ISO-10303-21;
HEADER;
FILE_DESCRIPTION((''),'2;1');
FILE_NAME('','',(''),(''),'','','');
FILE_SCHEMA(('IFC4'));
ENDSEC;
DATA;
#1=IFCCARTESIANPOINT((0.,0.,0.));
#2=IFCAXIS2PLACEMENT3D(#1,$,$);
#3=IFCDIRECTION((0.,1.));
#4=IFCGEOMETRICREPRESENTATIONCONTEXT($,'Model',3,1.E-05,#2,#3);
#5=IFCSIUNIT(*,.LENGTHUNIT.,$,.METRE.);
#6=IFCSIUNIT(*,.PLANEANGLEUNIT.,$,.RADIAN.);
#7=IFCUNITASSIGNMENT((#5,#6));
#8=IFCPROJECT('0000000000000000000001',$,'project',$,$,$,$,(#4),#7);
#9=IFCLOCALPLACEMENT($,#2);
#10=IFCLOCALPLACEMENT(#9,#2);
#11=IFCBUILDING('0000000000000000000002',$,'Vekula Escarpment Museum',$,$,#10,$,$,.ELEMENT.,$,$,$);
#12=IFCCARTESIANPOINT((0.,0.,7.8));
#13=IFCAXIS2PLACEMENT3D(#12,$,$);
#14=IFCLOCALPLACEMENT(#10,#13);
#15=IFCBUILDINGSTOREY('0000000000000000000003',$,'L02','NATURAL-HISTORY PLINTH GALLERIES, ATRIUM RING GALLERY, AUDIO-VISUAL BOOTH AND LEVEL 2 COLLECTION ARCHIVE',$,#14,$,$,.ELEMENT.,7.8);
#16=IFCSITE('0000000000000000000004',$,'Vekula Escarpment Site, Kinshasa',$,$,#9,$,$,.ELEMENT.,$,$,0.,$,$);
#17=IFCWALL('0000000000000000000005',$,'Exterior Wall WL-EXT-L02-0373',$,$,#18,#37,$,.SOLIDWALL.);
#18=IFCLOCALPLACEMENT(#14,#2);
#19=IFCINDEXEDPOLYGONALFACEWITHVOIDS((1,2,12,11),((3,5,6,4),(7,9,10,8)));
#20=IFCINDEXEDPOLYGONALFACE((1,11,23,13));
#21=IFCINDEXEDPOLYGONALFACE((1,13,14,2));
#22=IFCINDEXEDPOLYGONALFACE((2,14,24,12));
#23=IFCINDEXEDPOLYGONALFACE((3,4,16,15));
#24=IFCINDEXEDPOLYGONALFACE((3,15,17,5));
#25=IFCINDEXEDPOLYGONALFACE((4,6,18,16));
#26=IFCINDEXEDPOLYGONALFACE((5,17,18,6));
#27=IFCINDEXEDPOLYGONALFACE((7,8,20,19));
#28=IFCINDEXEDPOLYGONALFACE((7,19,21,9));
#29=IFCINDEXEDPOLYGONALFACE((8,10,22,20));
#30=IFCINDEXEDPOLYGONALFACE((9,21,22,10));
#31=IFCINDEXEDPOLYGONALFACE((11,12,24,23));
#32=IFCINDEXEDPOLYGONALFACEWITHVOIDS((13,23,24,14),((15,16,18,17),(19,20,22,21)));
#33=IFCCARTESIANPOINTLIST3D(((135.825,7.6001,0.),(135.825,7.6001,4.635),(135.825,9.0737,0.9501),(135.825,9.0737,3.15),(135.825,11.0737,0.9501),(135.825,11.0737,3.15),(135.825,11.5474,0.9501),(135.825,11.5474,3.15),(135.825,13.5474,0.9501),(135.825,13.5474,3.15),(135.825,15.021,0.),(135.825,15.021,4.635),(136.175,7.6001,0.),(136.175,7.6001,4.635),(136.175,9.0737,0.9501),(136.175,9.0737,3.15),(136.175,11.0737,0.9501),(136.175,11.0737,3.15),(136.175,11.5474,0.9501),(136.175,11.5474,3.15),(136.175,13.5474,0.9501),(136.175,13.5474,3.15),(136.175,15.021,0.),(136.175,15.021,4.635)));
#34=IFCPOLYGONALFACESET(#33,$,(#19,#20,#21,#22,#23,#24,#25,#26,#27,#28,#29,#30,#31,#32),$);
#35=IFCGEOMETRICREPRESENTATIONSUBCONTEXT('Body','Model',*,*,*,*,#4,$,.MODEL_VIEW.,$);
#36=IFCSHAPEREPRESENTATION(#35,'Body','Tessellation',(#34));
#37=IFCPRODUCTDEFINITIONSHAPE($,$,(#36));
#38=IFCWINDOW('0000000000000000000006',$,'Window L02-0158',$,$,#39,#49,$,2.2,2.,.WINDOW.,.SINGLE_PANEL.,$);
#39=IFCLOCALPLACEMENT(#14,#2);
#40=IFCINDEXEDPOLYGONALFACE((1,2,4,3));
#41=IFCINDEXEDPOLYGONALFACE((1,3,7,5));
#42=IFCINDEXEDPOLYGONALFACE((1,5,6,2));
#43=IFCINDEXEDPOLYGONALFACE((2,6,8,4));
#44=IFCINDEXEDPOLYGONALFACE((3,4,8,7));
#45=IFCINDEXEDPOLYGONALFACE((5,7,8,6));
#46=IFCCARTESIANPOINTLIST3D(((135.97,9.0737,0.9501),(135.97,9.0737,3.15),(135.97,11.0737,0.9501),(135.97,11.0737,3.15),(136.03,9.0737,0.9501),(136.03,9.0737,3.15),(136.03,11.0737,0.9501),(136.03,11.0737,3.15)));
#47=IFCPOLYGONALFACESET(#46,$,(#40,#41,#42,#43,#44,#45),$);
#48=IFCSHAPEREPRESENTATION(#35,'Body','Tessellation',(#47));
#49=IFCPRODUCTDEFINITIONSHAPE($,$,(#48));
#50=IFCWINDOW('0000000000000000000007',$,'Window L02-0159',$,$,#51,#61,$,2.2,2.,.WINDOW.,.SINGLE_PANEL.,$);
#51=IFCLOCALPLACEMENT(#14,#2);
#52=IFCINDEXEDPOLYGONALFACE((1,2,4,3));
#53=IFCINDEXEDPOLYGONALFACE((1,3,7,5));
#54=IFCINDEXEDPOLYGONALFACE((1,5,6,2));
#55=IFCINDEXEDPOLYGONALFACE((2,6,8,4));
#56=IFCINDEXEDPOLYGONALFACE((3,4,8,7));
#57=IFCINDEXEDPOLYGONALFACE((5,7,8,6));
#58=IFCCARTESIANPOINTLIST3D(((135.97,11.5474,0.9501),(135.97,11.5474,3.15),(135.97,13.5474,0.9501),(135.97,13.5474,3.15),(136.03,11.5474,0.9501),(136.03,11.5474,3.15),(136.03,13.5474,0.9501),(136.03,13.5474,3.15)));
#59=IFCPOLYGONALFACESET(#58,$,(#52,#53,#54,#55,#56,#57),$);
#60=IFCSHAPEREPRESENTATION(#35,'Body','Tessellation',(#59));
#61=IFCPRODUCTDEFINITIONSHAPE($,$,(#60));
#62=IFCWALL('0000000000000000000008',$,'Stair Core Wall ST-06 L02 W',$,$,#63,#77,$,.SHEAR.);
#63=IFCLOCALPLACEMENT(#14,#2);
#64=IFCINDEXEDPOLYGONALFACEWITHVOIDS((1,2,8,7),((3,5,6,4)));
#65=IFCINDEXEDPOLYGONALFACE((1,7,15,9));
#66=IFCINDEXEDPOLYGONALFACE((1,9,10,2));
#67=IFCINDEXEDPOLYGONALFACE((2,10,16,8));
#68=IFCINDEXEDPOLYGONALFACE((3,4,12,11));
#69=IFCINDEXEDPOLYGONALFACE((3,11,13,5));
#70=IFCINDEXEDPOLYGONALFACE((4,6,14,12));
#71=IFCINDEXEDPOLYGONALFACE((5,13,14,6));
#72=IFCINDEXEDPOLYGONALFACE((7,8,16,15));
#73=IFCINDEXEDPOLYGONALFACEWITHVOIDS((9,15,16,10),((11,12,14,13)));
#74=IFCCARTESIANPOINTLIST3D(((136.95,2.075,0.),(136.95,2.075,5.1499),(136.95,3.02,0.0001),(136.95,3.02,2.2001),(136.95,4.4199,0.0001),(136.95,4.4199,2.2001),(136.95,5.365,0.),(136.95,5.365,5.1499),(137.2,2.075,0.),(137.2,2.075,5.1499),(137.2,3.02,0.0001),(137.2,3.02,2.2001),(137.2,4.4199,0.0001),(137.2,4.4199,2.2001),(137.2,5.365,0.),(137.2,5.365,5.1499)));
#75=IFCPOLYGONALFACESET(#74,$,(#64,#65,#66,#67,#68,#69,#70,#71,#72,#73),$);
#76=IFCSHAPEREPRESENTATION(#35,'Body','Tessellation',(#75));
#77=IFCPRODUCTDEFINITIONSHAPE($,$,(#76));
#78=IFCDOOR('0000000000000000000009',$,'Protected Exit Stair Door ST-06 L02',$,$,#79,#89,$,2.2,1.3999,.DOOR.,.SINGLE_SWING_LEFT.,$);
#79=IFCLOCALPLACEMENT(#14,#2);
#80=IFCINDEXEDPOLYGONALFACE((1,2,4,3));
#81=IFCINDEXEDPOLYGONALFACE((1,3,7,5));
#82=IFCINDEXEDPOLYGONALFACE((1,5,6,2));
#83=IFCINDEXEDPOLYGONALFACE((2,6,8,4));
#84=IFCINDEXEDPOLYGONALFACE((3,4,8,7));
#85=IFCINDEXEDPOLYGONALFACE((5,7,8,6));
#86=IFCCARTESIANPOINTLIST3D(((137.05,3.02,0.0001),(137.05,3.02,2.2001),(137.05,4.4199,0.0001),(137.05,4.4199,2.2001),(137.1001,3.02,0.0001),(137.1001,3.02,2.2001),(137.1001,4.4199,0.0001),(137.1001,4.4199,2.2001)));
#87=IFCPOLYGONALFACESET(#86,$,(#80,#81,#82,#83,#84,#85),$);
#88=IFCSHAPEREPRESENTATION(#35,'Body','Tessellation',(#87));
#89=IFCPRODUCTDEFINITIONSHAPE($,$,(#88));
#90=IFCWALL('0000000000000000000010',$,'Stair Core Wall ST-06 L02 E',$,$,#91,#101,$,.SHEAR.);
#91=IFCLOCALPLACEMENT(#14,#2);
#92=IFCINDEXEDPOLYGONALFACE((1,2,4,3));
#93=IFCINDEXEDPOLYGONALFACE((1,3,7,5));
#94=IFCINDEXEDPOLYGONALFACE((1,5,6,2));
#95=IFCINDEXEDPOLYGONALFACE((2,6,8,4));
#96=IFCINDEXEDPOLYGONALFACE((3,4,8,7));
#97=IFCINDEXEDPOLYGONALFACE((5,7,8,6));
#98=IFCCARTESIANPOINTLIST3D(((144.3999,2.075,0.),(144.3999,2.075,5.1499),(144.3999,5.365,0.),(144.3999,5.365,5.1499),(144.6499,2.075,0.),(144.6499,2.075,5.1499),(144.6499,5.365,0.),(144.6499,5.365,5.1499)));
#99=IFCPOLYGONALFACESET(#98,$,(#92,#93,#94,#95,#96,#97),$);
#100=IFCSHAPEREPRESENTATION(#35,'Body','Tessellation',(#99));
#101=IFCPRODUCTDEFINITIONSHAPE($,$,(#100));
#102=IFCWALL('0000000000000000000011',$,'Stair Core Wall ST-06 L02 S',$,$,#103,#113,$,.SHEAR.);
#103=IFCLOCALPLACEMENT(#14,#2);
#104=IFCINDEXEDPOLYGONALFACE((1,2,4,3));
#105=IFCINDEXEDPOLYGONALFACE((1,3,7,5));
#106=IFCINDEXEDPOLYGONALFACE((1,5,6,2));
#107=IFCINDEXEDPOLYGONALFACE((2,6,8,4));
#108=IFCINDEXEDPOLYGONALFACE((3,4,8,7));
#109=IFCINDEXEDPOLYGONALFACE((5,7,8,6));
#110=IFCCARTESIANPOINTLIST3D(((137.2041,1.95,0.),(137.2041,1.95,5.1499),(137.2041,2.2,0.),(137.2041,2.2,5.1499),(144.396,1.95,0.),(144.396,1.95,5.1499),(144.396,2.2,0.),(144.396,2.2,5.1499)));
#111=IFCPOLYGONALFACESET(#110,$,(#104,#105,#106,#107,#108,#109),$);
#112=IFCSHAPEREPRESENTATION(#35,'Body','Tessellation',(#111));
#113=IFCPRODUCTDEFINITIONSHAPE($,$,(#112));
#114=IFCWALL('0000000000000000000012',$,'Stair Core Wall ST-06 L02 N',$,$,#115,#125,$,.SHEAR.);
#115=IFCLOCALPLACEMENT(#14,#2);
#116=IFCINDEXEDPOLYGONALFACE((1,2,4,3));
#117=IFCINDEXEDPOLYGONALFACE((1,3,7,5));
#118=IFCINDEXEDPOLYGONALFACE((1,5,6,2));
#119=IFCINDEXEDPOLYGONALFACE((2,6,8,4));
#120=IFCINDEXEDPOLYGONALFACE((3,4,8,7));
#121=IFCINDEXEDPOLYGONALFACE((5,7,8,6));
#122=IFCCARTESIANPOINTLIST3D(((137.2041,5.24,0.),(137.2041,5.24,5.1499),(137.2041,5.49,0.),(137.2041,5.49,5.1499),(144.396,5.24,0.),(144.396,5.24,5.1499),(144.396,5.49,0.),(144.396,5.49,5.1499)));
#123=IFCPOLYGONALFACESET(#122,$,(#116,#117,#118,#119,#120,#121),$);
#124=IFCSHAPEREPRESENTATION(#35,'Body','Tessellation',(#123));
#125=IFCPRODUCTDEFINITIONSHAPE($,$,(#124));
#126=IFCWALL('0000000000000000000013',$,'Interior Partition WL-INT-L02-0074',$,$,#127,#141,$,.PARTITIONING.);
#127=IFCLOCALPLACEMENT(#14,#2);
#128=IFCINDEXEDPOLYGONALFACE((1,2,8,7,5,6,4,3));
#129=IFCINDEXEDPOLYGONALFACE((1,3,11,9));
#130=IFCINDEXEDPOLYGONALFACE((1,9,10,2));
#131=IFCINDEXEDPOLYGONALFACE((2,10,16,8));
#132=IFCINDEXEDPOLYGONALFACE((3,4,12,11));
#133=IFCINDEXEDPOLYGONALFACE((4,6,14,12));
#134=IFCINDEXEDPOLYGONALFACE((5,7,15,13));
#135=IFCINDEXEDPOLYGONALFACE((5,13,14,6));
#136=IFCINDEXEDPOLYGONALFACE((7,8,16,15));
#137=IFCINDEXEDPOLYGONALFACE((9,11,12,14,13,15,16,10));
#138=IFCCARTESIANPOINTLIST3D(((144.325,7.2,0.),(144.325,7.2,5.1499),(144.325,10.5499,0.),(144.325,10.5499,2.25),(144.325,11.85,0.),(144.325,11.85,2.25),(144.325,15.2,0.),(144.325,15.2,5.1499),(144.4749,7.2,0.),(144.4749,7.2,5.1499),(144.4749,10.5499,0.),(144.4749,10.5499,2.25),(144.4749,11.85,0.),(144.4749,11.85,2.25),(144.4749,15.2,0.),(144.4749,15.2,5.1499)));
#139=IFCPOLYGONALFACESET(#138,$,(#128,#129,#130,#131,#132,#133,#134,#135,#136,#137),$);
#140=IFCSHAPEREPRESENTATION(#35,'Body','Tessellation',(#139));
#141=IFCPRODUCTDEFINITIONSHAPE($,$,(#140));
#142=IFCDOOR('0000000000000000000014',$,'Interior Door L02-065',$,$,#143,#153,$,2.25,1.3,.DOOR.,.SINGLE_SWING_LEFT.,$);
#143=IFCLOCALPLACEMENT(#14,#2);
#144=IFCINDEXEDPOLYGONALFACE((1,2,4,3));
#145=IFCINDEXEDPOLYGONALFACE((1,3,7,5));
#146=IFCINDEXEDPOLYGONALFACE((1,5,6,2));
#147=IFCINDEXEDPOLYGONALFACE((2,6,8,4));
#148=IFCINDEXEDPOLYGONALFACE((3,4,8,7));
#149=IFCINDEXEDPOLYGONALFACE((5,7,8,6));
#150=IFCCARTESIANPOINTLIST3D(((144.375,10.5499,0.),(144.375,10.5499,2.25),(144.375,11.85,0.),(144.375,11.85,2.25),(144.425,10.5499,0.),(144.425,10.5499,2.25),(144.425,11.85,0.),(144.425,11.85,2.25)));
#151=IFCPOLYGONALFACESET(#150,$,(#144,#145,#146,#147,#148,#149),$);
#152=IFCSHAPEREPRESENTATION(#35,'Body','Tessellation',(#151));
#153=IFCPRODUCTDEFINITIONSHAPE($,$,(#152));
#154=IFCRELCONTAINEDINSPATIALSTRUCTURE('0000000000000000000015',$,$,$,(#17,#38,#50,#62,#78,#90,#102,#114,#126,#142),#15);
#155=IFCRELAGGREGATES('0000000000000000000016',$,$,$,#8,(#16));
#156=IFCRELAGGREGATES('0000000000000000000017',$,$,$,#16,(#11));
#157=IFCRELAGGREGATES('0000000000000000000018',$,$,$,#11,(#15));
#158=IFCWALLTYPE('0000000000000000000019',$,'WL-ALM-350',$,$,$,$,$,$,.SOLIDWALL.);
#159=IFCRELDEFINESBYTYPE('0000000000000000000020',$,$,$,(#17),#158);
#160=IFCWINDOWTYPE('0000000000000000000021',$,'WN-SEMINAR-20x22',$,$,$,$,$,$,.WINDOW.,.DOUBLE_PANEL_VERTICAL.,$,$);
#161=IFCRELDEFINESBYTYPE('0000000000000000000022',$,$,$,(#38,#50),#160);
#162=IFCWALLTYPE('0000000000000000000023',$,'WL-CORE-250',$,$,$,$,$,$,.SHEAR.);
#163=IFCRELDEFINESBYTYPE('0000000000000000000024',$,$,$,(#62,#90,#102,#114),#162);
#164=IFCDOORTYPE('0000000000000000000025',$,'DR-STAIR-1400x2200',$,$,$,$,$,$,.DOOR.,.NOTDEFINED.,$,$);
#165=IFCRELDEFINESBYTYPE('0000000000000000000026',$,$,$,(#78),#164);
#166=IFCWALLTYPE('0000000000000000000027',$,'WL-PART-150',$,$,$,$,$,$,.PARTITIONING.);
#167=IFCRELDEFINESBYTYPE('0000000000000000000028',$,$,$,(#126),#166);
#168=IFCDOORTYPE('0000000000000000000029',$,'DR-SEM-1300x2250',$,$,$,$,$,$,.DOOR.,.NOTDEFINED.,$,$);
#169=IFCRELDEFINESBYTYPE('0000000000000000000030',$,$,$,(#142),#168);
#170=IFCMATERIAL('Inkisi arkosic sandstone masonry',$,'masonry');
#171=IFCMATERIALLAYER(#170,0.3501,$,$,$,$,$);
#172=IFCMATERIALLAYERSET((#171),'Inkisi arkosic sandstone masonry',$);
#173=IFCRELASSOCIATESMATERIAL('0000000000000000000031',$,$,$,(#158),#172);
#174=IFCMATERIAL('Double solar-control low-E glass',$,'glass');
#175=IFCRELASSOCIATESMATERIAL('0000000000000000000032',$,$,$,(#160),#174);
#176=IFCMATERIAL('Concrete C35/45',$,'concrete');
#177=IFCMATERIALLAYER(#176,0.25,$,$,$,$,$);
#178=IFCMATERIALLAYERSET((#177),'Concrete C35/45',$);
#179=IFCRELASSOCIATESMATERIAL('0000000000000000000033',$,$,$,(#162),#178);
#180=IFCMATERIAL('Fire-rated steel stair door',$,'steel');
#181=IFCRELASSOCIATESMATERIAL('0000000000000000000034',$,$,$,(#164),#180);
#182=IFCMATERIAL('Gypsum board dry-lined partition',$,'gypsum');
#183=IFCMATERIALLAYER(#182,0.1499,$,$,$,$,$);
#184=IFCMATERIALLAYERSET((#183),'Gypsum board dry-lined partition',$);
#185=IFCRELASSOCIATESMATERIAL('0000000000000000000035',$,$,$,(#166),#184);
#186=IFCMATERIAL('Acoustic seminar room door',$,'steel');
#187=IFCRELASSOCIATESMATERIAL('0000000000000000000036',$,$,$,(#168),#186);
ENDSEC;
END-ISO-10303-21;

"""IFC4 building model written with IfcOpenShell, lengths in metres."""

from ifc_helpers import new_model, si_unit, direction, frame, frame_2d, origin, place, context, subcontext, project, spatial, rectangle, extrude, material, layer, layer_set, type_object, element, fill, save


model = new_model("IFC4")

# Units and contexts
model_context = context("Model", 3, precision=1e-05, world=origin(), true_north=direction((0.0, 1.0)))
body_context = subcontext(model_context, "Body", "Model", "MODEL_VIEW")
ifc_project = project(units=[si_unit("LENGTHUNIT", "METRE"), si_unit("PLANEANGLEUNIT", "RADIAN")], contexts=[model_context])

# Site, building, storey
site_placement = place(None, origin())
site = spatial("IfcSite", under=ifc_project, at=site_placement, Name="Vekula Escarpment Site, Kinshasa", CompositionType="ELEMENT", RefElevation=0.0)
building_placement = place(site_placement, origin())
building = spatial("IfcBuilding", under=site, at=building_placement, Name="Vekula Escarpment Museum", CompositionType="ELEMENT")
storey_placement = place(building_placement, frame((0.0, 0.0, 7.8)))
storey = spatial("IfcBuildingStorey", under=building, at=storey_placement, Name="L02", Description="NATURAL-HISTORY PLINTH GALLERIES, ATRIUM RING GALLERY, AUDIO-VISUAL BOOTH AND LEVEL 2 COLLECTION ARCHIVE", CompositionType="ELEMENT", Elevation=7.8)

# Shared definitions
ifc_material_1 = material(Name="Inkisi arkosic sandstone masonry", Category="masonry")
ifc_layer_1 = layer(ifc_material_1, 0.3501)
ifc_layer_set_1 = layer_set([ifc_layer_1], Name="Inkisi arkosic sandstone masonry")
wall_type_1 = type_object("IfcWallType", Name="WL-ALM-350", PredefinedType="SOLIDWALL", material=ifc_layer_set_1)

# Wall, openings, windows
wall_1_placement = place(storey_placement, frame((136.0, 7.6001, 0.0), z_axis=(0.0, 0.0, 1.0), x_axis=(0.0, 1.0, 0.0)))
wall_1 = element("IfcWall", 1, at=wall_1_placement, inside=storey, type_object=wall_type_1, Name="Exterior Wall WL-EXT-L02-0373", PredefinedType="SOLIDWALL", context=body_context, shape_type="SweptSolid", body=[
    extrude(rectangle(XDim=7.4209, YDim=0.3501, at=frame_2d((3.7104, 0.0))), origin(), (0.0, 0.0, 1.0), 4.635),
])
opening_1_placement = place(wall_1_placement, frame((1.4736, 0.0, 0.95)))
opening_1 = element("IfcOpeningElement", 2, at=opening_1_placement, cuts=wall_1, PredefinedType="OPENING", context=body_context, shape_type="SweptSolid", body=[
    extrude(rectangle(XDim=2.0, YDim=2.2, at=frame_2d((1.0, 1.1001))), frame((0.0, 0.1851, 0.0), z_axis=(0.0, -1.0, 0.0), x_axis=(1.0, 0.0, 0.0)), (0.0, 0.0, 1.0), 0.3701),
])
opening_2_placement = place(wall_1_placement, frame((3.9473, 0.0, 0.95)))
opening_2 = element("IfcOpeningElement", 3, at=opening_2_placement, cuts=wall_1, PredefinedType="OPENING", context=body_context, shape_type="SweptSolid", body=[
    extrude(rectangle(XDim=2.0, YDim=2.2, at=frame_2d((1.0, 1.1001))), frame((0.0, 0.1851, 0.0), z_axis=(0.0, -1.0, 0.0), x_axis=(1.0, 0.0, 0.0)), (0.0, 0.0, 1.0), 0.3701),
])
ifc_material_2 = material(Name="Double solar-control low-E glass", Category="glass")
window_type = type_object("IfcWindowType", Name="WN-SEMINAR-20x22", PartitioningType="DOUBLE_PANEL_VERTICAL", PredefinedType="WINDOW", material=ifc_material_2)
window_1_placement = place(opening_1_placement, origin())
window_1 = element("IfcWindow", 4, at=window_1_placement, inside=storey, type_object=window_type, Name="Window L02-0158", OverallHeight=2.2, OverallWidth=2.0, PartitioningType="SINGLE_PANEL", PredefinedType="WINDOW", context=body_context, shape_type="SweptSolid", body=[
    extrude(rectangle(XDim=2.0, YDim=2.2, at=frame_2d((1.0, 1.1001))), frame((0.0, 0.03, 0.0), z_axis=(0.0, -1.0, 0.0), x_axis=(1.0, 0.0, 0.0)), (0.0, 0.0, 1.0), 0.0601),
])
fill(opening_1, window_1)
window_2_placement = place(opening_2_placement, origin())
window_2 = element("IfcWindow", 5, at=window_2_placement, inside=storey, type_object=window_type, Name="Window L02-0159", OverallHeight=2.2, OverallWidth=2.0, PartitioningType="SINGLE_PANEL", PredefinedType="WINDOW", context=body_context, shape_type="SweptSolid", body=[
    extrude(rectangle(XDim=2.0, YDim=2.2, at=frame_2d((1.0, 1.1001))), frame((0.0, 0.03, 0.0), z_axis=(0.0, -1.0, 0.0), x_axis=(1.0, 0.0, 0.0)), (0.0, 0.0, 1.0), 0.0601),
])
fill(opening_2, window_2)

# Wall, opening, door
ifc_material_3 = material(Name="Concrete C35/45", Category="concrete")
ifc_layer_2 = layer(ifc_material_3, 0.25)
ifc_layer_set_2 = layer_set([ifc_layer_2], Name="Concrete C35/45")
wall_type_2 = type_object("IfcWallType", Name="WL-CORE-250", PredefinedType="SHEAR", material=ifc_layer_set_2)
wall_2_placement = place(storey_placement, frame((137.075, 2.075, 0.0), z_axis=(0.0, 0.0, 1.0), x_axis=(0.0, 1.0, 0.0)))
wall_2 = element("IfcWall", 6, at=wall_2_placement, inside=storey, type_object=wall_type_2, Name="Stair Core Wall ST-06 L02 W", PredefinedType="SHEAR", context=body_context, shape_type="SweptSolid", body=[
    extrude(rectangle(XDim=3.29, YDim=0.25, at=frame_2d((1.645, 0.0))), origin(), (0.0, 0.0, 1.0), 5.1499),
])
opening_3_placement = place(wall_2_placement, frame((0.9451, 0.0, 0.0)))
opening_3 = element("IfcOpeningElement", 7, at=opening_3_placement, cuts=wall_2, PredefinedType="OPENING", context=body_context, shape_type="SweptSolid", body=[
    extrude(rectangle(XDim=1.3999, YDim=2.2, at=frame_2d((0.7, 1.1001))), frame((0.0, 0.135, 0.0), z_axis=(0.0, -1.0, 0.0), x_axis=(1.0, 0.0, 0.0)), (0.0, 0.0, 1.0), 0.27),
])
ifc_material_4 = material(Name="Fire-rated steel stair door", Category="steel")
door_type_1 = type_object("IfcDoorType", Name="DR-STAIR-1400x2200", OperationType="NOTDEFINED", PredefinedType="DOOR", material=ifc_material_4)
door_1_placement = place(opening_3_placement, origin())
door_1 = element("IfcDoor", 8, at=door_1_placement, inside=storey, type_object=door_type_1, Name="Protected Exit Stair Door ST-06 L02", OperationType="SINGLE_SWING_LEFT", OverallHeight=2.2, OverallWidth=1.3999, PredefinedType="DOOR", context=body_context, shape_type="SweptSolid", body=[
    extrude(rectangle(XDim=1.3999, YDim=2.2, at=frame_2d((0.7, 1.1001))), frame((0.0, 0.0249, 0.0), z_axis=(0.0, -1.0, 0.0), x_axis=(1.0, 0.0, 0.0)), (0.0, 0.0, 1.0), 0.05),
])
fill(opening_3, door_1)

# Walls
wall_3_placement = place(storey_placement, frame((144.5249, 2.075, 0.0), z_axis=(0.0, 0.0, 1.0), x_axis=(0.0, 1.0, 0.0)))
element("IfcWall", 9, at=wall_3_placement, inside=storey, type_object=wall_type_2, Name="Stair Core Wall ST-06 L02 E", PredefinedType="SHEAR", context=body_context, shape_type="SweptSolid", body=[
    extrude(rectangle(XDim=3.29, YDim=0.25, at=frame_2d((1.645, 0.0))), origin(), (0.0, 0.0, 1.0), 5.1499),
])
for number, where, z_axis, x_axis, name in (
    (10, (137.2041, 2.075, 0.0), (0.0, 0.0, 1.0), (1.0, 0.0, 0.0), "Stair Core Wall ST-06 L02 S"),
    (11, (137.2041, 5.365, 0.0), (0.0, 0.0, 1.0), (1.0, 0.0, 0.0), "Stair Core Wall ST-06 L02 N"),
):
    element("IfcWall", number, at=place(storey_placement, frame(where, z_axis=z_axis, x_axis=x_axis)), inside=storey, type_object=wall_type_2, Name=name, PredefinedType="SHEAR", context=body_context, shape_type="SweptSolid", body=[
        extrude(rectangle(XDim=7.1919, YDim=0.25, at=frame_2d((3.5959, 0.0))), origin(), (0.0, 0.0, 1.0), 5.1499),
    ])

# Wall, opening, door
ifc_material_5 = material(Name="Gypsum board dry-lined partition", Category="gypsum")
ifc_layer_3 = layer(ifc_material_5, 0.1499)
ifc_layer_set_3 = layer_set([ifc_layer_3], Name="Gypsum board dry-lined partition")
wall_type_3 = type_object("IfcWallType", Name="WL-PART-150", PredefinedType="PARTITIONING", material=ifc_layer_set_3)
wall_4_placement = place(storey_placement, frame((144.3999, 7.2, 0.0), z_axis=(0.0, 0.0, 1.0), x_axis=(0.0, 1.0, 0.0)))
wall_4 = element("IfcWall", 12, at=wall_4_placement, inside=storey, type_object=wall_type_3, Name="Interior Partition WL-INT-L02-0074", PredefinedType="PARTITIONING", context=body_context, shape_type="SweptSolid", body=[
    extrude(rectangle(XDim=8.0, YDim=0.1499, at=frame_2d((4.0, 0.0))), origin(), (0.0, 0.0, 1.0), 5.1499),
])
opening_4_placement = place(wall_4_placement, frame((3.3501, 0.0, 0.0)))
opening_4 = element("IfcOpeningElement", 13, at=opening_4_placement, cuts=wall_4, PredefinedType="OPENING", context=body_context, shape_type="SweptSolid", body=[
    extrude(rectangle(XDim=1.3, YDim=2.25, at=frame_2d((0.6499, 1.125))), frame((0.0, 0.085, 0.0), z_axis=(0.0, -1.0, 0.0), x_axis=(1.0, 0.0, 0.0)), (0.0, 0.0, 1.0), 0.1699),
])
ifc_material_6 = material(Name="Acoustic seminar room door", Category="steel")
door_type_2 = type_object("IfcDoorType", Name="DR-SEM-1300x2250", OperationType="NOTDEFINED", PredefinedType="DOOR", material=ifc_material_6)
door_2_placement = place(opening_4_placement, origin())
door_2 = element("IfcDoor", 14, at=door_2_placement, inside=storey, type_object=door_type_2, Name="Interior Door L02-065", OperationType="SINGLE_SWING_LEFT", OverallHeight=2.25, OverallWidth=1.3, PredefinedType="DOOR", context=body_context, shape_type="SweptSolid", body=[
    extrude(rectangle(XDim=1.3, YDim=2.25, at=frame_2d((0.6499, 1.125))), frame((0.0, 0.0249, 0.0), z_axis=(0.0, -1.0, 0.0), x_axis=(1.0, 0.0, 0.0)), (0.0, 0.0, 1.0), 0.05),
])
fill(opening_4, door_2)

save(model, "model.ifc")
